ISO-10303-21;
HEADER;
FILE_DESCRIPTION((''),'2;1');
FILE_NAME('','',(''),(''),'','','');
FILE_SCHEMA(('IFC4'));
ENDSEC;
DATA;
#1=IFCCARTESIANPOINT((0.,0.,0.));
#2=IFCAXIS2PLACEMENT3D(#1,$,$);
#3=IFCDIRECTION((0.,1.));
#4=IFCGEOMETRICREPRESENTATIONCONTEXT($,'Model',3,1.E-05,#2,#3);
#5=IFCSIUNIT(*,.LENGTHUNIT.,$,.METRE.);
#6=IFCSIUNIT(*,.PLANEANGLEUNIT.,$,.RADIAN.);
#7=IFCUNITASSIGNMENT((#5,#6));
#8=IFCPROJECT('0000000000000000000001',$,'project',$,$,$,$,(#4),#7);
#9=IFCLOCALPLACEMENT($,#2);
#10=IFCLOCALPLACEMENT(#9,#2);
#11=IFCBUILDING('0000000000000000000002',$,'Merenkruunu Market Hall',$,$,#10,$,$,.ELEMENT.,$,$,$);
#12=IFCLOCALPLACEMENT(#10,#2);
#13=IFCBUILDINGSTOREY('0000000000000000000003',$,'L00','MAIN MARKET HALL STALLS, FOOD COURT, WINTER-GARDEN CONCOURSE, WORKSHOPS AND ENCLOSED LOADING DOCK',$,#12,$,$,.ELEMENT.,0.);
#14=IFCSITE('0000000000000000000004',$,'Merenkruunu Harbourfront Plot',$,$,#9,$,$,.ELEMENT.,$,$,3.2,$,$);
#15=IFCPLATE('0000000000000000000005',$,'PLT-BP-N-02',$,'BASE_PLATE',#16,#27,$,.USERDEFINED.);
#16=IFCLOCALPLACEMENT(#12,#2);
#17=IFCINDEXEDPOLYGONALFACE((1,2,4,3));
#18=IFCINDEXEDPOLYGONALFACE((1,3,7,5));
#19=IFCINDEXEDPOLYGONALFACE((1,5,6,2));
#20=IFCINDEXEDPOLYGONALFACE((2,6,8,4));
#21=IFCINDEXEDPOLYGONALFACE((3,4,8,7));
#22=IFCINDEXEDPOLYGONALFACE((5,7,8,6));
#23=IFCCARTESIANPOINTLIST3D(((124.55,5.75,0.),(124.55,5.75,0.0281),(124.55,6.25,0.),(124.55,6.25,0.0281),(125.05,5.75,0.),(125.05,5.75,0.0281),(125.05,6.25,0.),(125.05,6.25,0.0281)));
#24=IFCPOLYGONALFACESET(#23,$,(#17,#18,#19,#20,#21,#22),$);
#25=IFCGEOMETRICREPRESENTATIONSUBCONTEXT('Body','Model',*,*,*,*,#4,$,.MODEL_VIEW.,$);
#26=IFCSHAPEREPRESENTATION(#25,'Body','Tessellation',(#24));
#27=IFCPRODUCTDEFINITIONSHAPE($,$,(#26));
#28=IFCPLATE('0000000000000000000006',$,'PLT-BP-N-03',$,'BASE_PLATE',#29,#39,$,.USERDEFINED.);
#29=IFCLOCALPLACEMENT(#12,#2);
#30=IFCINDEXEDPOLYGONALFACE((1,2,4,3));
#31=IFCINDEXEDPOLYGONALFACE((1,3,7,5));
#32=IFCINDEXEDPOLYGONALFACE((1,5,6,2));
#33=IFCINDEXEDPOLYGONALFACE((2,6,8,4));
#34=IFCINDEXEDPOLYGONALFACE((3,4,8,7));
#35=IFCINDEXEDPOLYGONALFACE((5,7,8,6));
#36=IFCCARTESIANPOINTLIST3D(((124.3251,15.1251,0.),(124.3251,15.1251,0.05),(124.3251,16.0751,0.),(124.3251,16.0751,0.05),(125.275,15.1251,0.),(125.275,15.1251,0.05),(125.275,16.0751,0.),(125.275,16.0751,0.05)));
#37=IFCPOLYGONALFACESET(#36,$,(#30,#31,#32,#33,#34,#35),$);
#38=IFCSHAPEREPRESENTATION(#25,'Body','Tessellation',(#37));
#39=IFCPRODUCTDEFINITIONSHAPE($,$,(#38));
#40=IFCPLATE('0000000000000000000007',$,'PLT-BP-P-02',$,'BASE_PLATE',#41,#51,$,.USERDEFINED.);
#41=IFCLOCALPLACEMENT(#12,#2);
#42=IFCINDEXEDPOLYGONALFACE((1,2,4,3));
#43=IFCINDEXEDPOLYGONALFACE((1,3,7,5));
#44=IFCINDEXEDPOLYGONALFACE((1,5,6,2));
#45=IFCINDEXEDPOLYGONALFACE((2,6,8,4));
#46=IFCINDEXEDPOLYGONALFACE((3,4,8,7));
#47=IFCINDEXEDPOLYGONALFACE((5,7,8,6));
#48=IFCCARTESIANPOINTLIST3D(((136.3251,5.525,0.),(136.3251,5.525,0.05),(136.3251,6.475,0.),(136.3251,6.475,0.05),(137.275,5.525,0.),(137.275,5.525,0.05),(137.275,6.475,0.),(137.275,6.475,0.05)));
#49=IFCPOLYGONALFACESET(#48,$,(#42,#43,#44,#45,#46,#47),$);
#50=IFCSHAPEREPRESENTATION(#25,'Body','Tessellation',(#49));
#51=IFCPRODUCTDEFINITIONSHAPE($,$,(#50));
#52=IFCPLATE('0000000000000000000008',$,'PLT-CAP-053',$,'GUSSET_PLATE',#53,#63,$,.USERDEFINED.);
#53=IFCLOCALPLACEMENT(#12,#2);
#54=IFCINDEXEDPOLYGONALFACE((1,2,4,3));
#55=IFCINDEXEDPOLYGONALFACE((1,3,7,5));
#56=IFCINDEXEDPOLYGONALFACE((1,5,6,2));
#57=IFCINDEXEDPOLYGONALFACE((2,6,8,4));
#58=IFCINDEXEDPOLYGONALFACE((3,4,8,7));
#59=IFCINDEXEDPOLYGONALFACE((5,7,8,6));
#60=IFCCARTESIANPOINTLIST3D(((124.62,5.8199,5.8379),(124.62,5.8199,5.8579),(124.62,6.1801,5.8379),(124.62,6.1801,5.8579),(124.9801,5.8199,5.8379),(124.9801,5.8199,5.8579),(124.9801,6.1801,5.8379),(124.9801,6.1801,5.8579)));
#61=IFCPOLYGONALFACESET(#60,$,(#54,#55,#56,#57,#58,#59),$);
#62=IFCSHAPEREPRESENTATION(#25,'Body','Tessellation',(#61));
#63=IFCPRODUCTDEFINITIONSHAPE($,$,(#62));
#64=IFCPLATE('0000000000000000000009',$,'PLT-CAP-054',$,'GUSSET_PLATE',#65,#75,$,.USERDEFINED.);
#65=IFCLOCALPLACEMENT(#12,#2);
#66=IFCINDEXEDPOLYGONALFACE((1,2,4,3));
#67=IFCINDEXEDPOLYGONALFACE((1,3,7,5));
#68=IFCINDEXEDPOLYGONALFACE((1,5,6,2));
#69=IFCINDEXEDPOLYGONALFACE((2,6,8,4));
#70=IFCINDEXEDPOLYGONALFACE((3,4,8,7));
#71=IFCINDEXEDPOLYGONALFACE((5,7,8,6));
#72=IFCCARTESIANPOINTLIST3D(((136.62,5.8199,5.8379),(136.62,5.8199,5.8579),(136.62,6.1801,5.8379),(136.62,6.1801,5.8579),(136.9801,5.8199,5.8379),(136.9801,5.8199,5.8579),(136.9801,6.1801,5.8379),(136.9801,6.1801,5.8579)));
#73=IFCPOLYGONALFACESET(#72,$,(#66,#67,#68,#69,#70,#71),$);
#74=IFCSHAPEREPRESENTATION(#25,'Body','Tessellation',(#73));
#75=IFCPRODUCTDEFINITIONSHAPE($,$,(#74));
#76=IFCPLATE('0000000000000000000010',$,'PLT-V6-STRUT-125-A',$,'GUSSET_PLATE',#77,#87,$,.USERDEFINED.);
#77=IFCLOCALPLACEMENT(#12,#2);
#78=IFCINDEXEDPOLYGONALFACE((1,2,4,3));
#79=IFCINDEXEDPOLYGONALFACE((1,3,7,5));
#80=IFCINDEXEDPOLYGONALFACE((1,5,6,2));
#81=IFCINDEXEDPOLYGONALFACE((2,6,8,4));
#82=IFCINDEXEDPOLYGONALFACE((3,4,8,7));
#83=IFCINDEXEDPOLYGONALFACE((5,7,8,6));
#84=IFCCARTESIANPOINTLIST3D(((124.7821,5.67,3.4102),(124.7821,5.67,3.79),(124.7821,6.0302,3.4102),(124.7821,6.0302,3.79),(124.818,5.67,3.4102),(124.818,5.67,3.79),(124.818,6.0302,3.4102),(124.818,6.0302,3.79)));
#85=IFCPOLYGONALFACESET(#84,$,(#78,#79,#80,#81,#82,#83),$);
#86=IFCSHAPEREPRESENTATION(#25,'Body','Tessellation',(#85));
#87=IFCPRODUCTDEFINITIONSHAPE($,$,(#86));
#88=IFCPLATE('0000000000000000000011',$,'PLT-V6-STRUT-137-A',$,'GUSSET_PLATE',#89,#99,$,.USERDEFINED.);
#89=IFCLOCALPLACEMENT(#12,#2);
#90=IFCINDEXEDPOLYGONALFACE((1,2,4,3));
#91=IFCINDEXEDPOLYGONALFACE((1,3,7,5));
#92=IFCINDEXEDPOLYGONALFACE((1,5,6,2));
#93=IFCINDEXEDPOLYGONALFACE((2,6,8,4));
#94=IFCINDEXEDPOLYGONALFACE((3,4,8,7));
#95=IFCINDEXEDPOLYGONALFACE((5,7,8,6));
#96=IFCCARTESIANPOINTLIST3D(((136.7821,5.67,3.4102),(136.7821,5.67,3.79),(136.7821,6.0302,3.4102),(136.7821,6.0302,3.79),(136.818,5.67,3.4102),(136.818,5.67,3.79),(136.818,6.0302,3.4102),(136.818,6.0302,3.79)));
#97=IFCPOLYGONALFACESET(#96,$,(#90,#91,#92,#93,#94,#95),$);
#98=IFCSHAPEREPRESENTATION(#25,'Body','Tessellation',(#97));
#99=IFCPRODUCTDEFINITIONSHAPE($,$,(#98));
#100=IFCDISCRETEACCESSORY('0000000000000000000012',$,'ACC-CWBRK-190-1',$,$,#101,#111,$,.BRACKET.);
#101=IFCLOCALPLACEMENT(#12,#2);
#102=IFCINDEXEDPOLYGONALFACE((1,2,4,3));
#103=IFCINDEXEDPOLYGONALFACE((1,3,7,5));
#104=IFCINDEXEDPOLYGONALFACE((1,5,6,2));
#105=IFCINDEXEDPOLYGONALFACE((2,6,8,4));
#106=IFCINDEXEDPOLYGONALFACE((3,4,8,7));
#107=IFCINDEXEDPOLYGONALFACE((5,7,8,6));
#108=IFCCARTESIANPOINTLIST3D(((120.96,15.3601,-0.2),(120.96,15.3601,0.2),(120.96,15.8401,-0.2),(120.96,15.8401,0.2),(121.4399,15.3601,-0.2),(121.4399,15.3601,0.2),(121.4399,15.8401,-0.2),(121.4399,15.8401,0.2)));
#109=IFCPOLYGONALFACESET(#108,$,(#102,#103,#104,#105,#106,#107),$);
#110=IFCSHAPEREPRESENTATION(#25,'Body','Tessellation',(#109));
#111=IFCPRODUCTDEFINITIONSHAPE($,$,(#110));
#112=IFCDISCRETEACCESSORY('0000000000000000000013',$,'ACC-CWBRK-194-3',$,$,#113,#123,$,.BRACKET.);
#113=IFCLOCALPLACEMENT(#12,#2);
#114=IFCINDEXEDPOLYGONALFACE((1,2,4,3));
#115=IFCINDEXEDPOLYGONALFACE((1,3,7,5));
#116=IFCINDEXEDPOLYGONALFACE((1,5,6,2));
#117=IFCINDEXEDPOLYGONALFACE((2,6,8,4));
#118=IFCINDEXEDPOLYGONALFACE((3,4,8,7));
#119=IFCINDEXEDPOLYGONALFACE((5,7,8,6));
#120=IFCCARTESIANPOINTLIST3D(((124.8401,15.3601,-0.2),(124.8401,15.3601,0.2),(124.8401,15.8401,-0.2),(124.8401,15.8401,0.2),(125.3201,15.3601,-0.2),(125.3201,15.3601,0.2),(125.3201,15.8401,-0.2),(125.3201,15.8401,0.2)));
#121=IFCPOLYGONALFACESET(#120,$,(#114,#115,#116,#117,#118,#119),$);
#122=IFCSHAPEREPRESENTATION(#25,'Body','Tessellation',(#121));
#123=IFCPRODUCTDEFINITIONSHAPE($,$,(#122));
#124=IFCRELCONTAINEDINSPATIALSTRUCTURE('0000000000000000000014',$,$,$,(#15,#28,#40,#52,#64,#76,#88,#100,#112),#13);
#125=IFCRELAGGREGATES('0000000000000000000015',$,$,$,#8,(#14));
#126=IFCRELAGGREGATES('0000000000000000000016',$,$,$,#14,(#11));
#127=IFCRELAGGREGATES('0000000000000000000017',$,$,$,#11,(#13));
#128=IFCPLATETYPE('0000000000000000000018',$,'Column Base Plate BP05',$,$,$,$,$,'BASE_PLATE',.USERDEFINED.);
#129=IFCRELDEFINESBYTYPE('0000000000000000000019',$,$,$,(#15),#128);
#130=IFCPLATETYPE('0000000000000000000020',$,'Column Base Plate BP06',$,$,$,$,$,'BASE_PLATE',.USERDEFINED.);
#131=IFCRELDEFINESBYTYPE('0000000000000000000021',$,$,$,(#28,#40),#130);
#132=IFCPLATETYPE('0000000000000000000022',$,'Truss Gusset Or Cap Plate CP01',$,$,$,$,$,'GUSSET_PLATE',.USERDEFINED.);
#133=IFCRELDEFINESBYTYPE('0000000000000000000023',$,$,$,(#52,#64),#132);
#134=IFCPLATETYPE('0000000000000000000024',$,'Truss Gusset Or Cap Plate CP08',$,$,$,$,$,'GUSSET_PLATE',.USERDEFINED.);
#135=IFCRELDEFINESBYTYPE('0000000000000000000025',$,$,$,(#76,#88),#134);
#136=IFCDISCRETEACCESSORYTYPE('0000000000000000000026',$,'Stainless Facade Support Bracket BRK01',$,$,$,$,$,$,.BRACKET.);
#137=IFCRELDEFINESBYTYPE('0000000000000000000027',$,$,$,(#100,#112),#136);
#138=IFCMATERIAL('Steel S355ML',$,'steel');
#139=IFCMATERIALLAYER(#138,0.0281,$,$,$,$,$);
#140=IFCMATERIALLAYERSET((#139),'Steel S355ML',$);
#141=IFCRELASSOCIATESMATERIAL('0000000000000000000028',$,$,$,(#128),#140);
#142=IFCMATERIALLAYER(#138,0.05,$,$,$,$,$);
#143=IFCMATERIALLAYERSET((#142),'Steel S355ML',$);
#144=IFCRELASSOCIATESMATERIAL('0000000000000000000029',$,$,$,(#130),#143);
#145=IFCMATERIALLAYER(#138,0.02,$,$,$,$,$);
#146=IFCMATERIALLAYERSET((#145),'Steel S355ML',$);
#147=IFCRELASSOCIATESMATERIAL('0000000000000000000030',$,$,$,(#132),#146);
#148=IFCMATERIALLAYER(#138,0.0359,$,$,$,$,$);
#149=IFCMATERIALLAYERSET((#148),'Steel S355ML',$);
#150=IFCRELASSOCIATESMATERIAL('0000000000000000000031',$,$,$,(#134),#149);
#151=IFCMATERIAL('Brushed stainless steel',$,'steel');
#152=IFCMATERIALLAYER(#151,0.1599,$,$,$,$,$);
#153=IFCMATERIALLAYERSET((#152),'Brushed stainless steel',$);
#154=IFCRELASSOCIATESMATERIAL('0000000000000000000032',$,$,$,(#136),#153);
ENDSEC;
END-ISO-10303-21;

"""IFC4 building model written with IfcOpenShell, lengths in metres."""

from ifc_helpers import new_model, si_unit, direction, frame, origin, origin_2d, place, context, subcontext, project, spatial, rectangle, extrude, material, layer, layer_set, type_object, element, save


model = new_model("IFC4")

# Units and contexts
model_context = context("Model", 3, precision=1e-05, world=origin(), true_north=direction((0.0, 1.0)))
body_context = subcontext(model_context, "Body", "Model", "MODEL_VIEW")
ifc_project = project(units=[si_unit("LENGTHUNIT", "METRE"), si_unit("PLANEANGLEUNIT", "RADIAN")], contexts=[model_context])

# Site, building, storey
site_placement = place(None, origin())
site = spatial("IfcSite", under=ifc_project, at=site_placement, Name="Merenkruunu Harbourfront Plot", CompositionType="ELEMENT", RefElevation=3.2)
building_placement = place(site_placement, origin())
building = spatial("IfcBuilding", under=site, at=building_placement, Name="Merenkruunu Market Hall", CompositionType="ELEMENT")
storey_placement = place(building_placement, origin())
storey = spatial("IfcBuildingStorey", under=building, at=storey_placement, Name="L00", Description="MAIN MARKET HALL STALLS, FOOD COURT, WINTER-GARDEN CONCOURSE, WORKSHOPS AND ENCLOSED LOADING DOCK", CompositionType="ELEMENT", Elevation=0.0)

# Shared definitions
ifc_material_1 = material(Name="Steel S355ML", Category="steel")

# Plates
ifc_layer_1 = layer(ifc_material_1, 0.0281)
ifc_layer_set_1 = layer_set([ifc_layer_1], Name="Steel S355ML")
plate_type_1 = type_object("IfcPlateType", Name="Column Base Plate BP05", ElementType="BASE_PLATE", PredefinedType="USERDEFINED", material=ifc_layer_set_1)
plate_placement = place(storey_placement, frame((124.8, 6.0, 0.0), z_axis=(0.0, 0.0, 1.0), x_axis=(1.0, 0.0, 0.0)))
element("IfcPlate", 1, at=plate_placement, inside=storey, type_object=plate_type_1, Name="PLT-BP-N-02", ObjectType="BASE_PLATE", PredefinedType="USERDEFINED", context=body_context, shape_type="SweptSolid", body=[
    extrude(rectangle(XDim=0.5, YDim=0.5, at=origin_2d()), origin(), (0.0, 0.0, 1.0), 0.0281),
])
ifc_layer_2 = layer(ifc_material_1, 0.05)
ifc_layer_set_2 = layer_set([ifc_layer_2], Name="Steel S355ML")
plate_type_2 = type_object("IfcPlateType", Name="Column Base Plate BP06", ElementType="BASE_PLATE", PredefinedType="USERDEFINED", material=ifc_layer_set_2)
for number, where, z_axis, x_axis, name in (
    (2, (124.8, 15.6001, 0.0), (0.0, 0.0, 1.0), (1.0, 0.0, 0.0), "PLT-BP-N-03"),
    (3, (136.8, 6.0, 0.0), (0.0, 0.0, 1.0), (1.0, 0.0, 0.0), "PLT-BP-P-02"),
):
    element("IfcPlate", number, at=place(storey_placement, frame(where, z_axis=z_axis, x_axis=x_axis)), inside=storey, type_object=plate_type_2, Name=name, ObjectType="BASE_PLATE", PredefinedType="USERDEFINED", context=body_context, shape_type="SweptSolid", body=[
        extrude(rectangle(XDim=0.95, YDim=0.95, at=origin_2d()), origin(), (0.0, 0.0, 1.0), 0.05),
    ])
ifc_layer_3 = layer(ifc_material_1, 0.02)
ifc_layer_set_3 = layer_set([ifc_layer_3], Name="Steel S355ML")
plate_type_3 = type_object("IfcPlateType", Name="Truss Gusset Or Cap Plate CP01", ElementType="GUSSET_PLATE", PredefinedType="USERDEFINED", material=ifc_layer_set_3)
for number, where, z_axis, x_axis, name in (
    (4, (124.8, 6.0, 5.8379), (0.0, 0.0, 1.0), (1.0, 0.0, 0.0), "PLT-CAP-053"),
    (5, (136.8, 6.0, 5.8379), (0.0, 0.0, 1.0), (1.0, 0.0, 0.0), "PLT-CAP-054"),
):
    element("IfcPlate", number, at=place(storey_placement, frame(where, z_axis=z_axis, x_axis=x_axis)), inside=storey, type_object=plate_type_3, Name=name, ObjectType="GUSSET_PLATE", PredefinedType="USERDEFINED", context=body_context, shape_type="SweptSolid", body=[
        extrude(rectangle(XDim=0.3601, YDim=0.3601, at=origin_2d()), origin(), (0.0, 0.0, 1.0), 0.02),
    ])
ifc_layer_4 = layer(ifc_material_1, 0.0359)
ifc_layer_set_4 = layer_set([ifc_layer_4], Name="Steel S355ML")
plate_type_4 = type_object("IfcPlateType", Name="Truss Gusset Or Cap Plate CP08", ElementType="GUSSET_PLATE", PredefinedType="USERDEFINED", material=ifc_layer_set_4)
for number, where, z_axis, x_axis, name in (
    (6, (124.8, 5.8501, 3.4102), (0.0, 0.0, 1.0), (1.0, 0.0, 0.0), "PLT-V6-STRUT-125-A"),
    (7, (136.8, 5.8501, 3.4102), (0.0, 0.0, 1.0), (1.0, 0.0, 0.0), "PLT-V6-STRUT-137-A"),
):
    element("IfcPlate", number, at=place(storey_placement, frame(where, z_axis=z_axis, x_axis=x_axis)), inside=storey, type_object=plate_type_4, Name=name, ObjectType="GUSSET_PLATE", PredefinedType="USERDEFINED", context=body_context, shape_type="SweptSolid", body=[
        extrude(rectangle(XDim=0.0359, YDim=0.3601, at=origin_2d()), origin(), (0.0, 0.0, 1.0), 0.3799),
    ])

# Discrete accessories
ifc_material_2 = material(Name="Brushed stainless steel", Category="steel")
ifc_layer_5 = layer(ifc_material_2, 0.1599)
ifc_layer_set_5 = layer_set([ifc_layer_5], Name="Brushed stainless steel")
discrete_accessory_type = type_object("IfcDiscreteAccessoryType", Name="Stainless Facade Support Bracket BRK01", PredefinedType="BRACKET", material=ifc_layer_set_5)
for number, where, z_axis, x_axis, name in (
    (8, (121.2, 15.6001, -0.2), (0.0, 0.0, 1.0), (1.0, 0.0, 0.0), "ACC-CWBRK-190-1"),
    (9, (125.0801, 15.6001, -0.2), (0.0, 0.0, 1.0), (1.0, 0.0, 0.0), "ACC-CWBRK-194-3"),
):
    element("IfcDiscreteAccessory", number, at=place(storey_placement, frame(where, z_axis=z_axis, x_axis=x_axis)), inside=storey, type_object=discrete_accessory_type, Name=name, PredefinedType="BRACKET", context=body_context, shape_type="SweptSolid", body=[
        extrude(rectangle(XDim=0.48, YDim=0.48, at=origin_2d()), origin(), (0.0, 0.0, 1.0), 0.3999),
    ])

save(model, "model.ifc")
